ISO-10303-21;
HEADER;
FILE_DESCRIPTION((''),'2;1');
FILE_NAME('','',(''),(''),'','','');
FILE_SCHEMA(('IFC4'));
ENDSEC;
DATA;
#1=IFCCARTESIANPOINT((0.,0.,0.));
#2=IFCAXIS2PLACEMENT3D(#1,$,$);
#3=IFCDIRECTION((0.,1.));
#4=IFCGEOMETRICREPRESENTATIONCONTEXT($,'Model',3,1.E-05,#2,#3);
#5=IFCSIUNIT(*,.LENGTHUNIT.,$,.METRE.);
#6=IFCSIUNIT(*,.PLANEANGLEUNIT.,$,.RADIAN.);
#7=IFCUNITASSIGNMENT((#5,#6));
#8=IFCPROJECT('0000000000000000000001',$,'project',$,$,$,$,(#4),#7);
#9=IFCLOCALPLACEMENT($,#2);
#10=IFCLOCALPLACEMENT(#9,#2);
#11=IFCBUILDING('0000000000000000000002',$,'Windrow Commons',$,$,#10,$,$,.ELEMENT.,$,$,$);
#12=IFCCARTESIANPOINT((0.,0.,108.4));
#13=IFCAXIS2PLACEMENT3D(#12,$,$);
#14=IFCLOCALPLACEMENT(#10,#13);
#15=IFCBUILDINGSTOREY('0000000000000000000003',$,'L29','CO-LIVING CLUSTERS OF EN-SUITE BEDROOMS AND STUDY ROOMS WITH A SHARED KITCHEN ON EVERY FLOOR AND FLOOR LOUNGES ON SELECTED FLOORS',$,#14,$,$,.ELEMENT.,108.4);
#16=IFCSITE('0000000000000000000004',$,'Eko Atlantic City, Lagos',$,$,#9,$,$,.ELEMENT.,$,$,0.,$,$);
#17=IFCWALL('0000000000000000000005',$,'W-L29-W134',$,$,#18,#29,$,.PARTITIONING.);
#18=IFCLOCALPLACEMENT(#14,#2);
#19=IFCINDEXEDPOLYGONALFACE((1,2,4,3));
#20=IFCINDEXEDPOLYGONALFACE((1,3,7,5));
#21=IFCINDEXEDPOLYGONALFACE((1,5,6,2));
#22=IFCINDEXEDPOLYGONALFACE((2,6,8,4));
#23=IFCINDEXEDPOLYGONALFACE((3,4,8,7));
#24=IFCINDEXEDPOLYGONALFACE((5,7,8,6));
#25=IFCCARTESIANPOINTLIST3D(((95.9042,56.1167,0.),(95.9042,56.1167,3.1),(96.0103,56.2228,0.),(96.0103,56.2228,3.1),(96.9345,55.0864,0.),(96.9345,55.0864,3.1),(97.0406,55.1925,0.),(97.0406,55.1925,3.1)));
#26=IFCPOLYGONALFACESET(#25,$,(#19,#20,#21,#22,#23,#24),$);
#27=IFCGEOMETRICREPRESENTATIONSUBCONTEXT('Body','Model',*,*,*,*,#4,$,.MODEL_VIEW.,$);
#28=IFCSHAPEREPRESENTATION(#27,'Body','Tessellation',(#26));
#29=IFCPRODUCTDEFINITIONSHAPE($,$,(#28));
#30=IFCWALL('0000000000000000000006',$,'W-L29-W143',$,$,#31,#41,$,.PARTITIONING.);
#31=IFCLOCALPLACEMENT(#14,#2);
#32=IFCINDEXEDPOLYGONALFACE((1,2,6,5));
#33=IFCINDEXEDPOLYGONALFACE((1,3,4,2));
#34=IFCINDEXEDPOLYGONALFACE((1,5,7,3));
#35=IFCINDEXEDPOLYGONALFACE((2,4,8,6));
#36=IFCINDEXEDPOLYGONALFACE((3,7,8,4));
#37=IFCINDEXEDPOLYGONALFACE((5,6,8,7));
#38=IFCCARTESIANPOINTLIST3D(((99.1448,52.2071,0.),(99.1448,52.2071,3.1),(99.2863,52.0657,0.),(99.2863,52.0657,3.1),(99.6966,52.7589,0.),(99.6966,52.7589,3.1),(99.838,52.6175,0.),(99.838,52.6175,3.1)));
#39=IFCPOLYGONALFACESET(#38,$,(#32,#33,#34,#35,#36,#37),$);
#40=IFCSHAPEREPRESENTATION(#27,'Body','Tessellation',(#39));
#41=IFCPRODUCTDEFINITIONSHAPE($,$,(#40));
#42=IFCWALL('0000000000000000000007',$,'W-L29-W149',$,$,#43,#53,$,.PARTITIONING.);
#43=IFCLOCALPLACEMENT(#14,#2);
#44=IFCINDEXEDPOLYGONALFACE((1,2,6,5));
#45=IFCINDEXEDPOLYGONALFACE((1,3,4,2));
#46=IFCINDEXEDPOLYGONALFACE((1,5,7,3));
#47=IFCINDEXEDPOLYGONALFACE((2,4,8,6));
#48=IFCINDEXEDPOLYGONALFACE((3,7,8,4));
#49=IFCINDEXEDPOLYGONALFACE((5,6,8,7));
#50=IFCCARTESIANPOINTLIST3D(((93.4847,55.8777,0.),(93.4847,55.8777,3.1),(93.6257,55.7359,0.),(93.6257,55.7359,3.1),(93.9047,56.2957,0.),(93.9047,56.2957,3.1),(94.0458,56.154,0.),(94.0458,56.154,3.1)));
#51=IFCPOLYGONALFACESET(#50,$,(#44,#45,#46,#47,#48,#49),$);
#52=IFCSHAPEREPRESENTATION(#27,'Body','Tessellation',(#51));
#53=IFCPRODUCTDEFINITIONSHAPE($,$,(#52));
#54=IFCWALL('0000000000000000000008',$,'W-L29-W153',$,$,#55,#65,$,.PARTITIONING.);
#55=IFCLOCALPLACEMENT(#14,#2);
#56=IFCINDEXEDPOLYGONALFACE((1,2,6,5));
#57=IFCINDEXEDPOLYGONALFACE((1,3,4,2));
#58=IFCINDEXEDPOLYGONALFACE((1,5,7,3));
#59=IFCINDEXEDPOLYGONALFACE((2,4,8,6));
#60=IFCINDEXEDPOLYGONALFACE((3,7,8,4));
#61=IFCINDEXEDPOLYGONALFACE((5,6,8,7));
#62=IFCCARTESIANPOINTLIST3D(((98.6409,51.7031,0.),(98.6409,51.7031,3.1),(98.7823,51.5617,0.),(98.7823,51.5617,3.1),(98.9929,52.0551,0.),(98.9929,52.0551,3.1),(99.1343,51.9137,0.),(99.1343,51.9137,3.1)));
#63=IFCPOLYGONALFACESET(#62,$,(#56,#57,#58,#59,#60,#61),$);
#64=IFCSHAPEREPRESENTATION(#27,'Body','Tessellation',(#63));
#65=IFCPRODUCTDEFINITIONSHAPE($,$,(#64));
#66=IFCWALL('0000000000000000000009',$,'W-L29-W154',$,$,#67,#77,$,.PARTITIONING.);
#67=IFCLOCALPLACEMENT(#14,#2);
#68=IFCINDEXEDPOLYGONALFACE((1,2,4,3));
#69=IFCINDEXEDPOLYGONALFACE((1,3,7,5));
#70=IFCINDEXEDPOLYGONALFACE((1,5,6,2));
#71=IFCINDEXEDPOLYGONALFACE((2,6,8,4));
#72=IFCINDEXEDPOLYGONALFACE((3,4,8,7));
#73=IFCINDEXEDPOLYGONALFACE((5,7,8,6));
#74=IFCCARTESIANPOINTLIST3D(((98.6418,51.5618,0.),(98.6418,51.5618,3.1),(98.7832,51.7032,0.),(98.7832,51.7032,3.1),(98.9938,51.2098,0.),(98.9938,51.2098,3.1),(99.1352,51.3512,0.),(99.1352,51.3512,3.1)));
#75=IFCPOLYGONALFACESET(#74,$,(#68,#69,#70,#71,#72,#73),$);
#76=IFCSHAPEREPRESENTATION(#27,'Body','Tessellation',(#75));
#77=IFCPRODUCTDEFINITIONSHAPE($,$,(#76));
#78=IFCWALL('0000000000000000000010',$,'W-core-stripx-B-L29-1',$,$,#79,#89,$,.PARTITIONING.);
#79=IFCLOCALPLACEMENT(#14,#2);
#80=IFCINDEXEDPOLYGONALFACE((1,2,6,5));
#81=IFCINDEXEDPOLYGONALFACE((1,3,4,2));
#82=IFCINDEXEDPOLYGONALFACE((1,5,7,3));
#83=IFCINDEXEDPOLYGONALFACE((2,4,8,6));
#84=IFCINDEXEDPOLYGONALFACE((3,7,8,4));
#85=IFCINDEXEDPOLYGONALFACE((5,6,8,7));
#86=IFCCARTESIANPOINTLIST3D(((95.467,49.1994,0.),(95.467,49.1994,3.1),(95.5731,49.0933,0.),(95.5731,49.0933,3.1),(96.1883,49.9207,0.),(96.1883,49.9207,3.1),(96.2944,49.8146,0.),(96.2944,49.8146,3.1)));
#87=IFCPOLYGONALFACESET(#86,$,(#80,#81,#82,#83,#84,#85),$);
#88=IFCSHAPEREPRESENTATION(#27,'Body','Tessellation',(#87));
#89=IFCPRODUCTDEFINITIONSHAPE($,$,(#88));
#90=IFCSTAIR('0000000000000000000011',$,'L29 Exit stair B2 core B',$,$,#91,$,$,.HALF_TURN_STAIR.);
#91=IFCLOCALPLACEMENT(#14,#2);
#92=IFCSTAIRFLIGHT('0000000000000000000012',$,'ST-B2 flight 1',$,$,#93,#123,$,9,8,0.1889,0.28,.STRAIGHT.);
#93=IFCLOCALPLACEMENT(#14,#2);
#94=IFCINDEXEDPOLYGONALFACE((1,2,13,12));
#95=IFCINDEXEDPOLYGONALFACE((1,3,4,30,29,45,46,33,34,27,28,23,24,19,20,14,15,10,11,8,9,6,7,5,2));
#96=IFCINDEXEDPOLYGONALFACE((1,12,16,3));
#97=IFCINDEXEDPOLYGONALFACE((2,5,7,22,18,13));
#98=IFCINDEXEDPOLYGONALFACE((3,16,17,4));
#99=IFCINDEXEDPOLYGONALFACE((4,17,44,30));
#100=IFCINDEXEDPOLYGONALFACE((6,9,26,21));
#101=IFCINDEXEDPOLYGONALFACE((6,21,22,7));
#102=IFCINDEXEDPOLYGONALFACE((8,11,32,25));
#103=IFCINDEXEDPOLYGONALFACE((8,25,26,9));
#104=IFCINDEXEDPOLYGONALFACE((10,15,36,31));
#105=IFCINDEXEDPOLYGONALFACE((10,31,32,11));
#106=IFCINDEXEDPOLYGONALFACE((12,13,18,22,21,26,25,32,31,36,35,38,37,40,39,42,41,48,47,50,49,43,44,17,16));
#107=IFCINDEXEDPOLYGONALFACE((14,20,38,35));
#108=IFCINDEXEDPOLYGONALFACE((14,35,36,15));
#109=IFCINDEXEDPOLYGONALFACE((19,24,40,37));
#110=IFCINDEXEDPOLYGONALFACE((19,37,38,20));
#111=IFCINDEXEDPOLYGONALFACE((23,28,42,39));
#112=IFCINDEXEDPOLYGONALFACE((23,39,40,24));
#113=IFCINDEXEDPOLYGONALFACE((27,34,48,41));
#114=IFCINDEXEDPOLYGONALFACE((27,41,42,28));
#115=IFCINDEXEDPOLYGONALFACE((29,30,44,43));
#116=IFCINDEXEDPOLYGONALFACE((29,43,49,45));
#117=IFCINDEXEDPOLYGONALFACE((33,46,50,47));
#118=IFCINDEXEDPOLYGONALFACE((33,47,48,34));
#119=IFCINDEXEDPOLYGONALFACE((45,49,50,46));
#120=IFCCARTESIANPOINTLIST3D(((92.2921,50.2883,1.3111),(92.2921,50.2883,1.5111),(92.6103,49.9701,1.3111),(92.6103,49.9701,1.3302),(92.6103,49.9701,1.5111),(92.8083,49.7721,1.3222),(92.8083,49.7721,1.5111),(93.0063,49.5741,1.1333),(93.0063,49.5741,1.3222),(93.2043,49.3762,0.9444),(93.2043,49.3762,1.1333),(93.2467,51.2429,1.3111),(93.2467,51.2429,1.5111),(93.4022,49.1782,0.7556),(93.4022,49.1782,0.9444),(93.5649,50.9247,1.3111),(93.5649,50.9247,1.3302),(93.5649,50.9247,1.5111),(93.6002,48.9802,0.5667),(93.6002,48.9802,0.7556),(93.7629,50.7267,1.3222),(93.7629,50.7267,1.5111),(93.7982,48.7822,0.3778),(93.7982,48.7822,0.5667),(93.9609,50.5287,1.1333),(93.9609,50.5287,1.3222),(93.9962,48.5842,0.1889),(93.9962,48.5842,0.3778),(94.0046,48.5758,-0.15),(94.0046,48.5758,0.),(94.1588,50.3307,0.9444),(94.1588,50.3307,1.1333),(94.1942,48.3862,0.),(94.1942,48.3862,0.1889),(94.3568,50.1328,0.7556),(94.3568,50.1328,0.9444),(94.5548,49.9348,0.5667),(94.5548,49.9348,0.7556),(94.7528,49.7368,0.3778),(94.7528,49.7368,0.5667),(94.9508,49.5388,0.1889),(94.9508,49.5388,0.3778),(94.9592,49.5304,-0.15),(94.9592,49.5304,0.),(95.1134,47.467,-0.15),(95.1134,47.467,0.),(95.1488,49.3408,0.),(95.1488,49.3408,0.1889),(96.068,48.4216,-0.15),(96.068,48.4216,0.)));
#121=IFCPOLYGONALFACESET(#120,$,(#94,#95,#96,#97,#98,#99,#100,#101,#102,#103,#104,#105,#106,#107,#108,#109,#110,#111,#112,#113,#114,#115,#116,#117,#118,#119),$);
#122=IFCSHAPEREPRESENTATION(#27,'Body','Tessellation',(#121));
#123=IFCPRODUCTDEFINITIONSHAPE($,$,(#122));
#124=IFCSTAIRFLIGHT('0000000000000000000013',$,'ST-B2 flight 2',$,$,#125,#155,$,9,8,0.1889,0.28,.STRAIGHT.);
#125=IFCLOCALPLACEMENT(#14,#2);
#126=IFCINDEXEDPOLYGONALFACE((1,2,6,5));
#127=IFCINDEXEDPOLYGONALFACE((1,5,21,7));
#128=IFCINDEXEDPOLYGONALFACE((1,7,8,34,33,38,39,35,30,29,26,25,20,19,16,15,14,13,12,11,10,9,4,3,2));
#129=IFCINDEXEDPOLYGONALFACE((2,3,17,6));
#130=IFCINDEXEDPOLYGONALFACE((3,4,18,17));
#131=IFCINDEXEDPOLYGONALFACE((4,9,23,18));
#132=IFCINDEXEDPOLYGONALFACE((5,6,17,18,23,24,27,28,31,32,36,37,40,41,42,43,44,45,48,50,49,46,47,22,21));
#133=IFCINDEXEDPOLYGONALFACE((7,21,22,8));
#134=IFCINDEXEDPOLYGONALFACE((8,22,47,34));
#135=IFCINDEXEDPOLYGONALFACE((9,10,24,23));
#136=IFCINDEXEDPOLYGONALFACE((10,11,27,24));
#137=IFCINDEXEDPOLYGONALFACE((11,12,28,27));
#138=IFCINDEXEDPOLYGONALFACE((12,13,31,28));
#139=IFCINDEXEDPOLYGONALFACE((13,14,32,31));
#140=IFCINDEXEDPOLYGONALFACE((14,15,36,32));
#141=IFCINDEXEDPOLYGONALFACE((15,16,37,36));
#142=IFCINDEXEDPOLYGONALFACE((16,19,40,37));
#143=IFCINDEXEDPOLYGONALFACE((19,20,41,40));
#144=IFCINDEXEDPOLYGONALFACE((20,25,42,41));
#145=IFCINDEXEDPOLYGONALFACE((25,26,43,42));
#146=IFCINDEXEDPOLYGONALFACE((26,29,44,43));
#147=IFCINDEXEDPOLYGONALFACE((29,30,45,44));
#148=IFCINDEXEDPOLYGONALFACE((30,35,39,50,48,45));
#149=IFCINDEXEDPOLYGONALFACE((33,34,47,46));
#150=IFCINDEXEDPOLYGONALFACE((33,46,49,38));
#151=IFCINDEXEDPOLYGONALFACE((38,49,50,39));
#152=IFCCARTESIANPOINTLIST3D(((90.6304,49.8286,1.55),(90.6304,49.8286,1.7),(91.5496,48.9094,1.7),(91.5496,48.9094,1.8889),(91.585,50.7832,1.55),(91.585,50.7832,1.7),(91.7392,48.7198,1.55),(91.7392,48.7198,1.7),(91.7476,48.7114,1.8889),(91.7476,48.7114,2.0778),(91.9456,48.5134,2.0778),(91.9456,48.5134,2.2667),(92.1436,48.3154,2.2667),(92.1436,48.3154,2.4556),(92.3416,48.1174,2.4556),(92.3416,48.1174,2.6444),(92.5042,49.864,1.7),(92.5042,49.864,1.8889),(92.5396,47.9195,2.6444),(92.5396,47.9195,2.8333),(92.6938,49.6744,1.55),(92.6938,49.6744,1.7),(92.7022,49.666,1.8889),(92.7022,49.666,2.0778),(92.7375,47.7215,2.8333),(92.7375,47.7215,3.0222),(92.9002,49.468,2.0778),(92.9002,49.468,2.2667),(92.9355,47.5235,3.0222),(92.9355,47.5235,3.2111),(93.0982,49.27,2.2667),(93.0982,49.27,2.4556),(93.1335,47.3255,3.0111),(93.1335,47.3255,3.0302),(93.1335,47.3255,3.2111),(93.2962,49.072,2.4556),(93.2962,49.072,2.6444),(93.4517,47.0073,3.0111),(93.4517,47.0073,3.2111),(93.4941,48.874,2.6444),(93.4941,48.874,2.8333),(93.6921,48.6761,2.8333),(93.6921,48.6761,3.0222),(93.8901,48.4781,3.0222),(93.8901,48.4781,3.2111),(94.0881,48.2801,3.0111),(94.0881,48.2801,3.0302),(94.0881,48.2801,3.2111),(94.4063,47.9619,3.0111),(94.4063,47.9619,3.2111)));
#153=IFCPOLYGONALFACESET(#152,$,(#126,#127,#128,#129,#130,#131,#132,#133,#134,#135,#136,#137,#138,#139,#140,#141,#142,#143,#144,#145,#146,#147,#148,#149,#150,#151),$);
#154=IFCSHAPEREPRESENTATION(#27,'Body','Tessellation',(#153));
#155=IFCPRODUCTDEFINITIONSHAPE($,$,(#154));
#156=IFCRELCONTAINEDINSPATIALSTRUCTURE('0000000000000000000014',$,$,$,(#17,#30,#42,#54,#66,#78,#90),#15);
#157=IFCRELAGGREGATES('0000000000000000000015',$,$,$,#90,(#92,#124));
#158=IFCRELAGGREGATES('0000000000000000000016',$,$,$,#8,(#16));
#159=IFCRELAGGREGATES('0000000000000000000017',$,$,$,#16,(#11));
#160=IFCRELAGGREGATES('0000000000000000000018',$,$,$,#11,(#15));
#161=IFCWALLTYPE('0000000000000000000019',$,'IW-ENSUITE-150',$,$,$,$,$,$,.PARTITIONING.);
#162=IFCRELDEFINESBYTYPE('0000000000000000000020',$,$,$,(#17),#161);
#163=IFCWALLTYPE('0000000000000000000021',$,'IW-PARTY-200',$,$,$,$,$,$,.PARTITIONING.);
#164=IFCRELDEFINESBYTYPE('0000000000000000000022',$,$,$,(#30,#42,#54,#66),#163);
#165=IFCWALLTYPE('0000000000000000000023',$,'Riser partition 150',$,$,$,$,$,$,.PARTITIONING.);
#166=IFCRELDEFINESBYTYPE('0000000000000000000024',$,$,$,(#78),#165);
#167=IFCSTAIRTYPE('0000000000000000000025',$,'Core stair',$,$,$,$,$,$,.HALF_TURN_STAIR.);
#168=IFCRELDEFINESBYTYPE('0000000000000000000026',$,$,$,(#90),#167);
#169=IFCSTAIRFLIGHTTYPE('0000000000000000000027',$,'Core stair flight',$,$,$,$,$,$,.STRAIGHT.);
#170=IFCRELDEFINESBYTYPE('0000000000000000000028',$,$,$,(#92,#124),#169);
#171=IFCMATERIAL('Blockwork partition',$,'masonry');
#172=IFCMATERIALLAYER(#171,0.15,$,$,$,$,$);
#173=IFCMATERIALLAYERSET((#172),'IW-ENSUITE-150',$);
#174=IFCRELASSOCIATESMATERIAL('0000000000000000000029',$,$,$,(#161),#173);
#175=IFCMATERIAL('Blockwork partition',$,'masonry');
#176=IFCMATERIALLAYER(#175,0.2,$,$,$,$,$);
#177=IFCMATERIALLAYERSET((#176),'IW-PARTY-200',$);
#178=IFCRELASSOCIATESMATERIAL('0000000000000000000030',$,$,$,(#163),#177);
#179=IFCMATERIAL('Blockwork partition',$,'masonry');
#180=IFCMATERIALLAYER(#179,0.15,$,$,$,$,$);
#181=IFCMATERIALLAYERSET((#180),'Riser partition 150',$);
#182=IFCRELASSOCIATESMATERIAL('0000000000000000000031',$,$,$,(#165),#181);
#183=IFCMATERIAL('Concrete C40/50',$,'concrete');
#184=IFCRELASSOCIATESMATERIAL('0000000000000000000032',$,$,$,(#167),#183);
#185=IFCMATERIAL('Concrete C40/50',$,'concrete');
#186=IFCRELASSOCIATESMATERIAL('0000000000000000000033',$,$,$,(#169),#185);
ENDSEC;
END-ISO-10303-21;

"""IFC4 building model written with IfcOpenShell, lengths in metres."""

from ifc_helpers import new_model, si_unit, direction, frame, frame_2d, origin, place, context, subcontext, project, spatial, polyline, rectangle, outline, extrude, material, layer, layer_set, type_object, element, aggregate, save


model = new_model("IFC4")

# Units and contexts
model_context = context("Model", 3, precision=1e-05, world=origin(), true_north=direction((0.0, 1.0)))
body_context = subcontext(model_context, "Body", "Model", "MODEL_VIEW")
ifc_project = project(units=[si_unit("LENGTHUNIT", "METRE"), si_unit("PLANEANGLEUNIT", "RADIAN")], contexts=[model_context])

# Site, building, storey
site_placement = place(None, origin())
site = spatial("IfcSite", under=ifc_project, at=site_placement, Name="Eko Atlantic City, Lagos", CompositionType="ELEMENT", RefElevation=0.0)
building_placement = place(site_placement, origin())
building = spatial("IfcBuilding", under=site, at=building_placement, Name="Windrow Commons", CompositionType="ELEMENT")
storey_placement = place(building_placement, frame((0.0, 0.0, 108.4)))
storey = spatial("IfcBuildingStorey", under=building, at=storey_placement, Name="L29", Description="CO-LIVING CLUSTERS OF EN-SUITE BEDROOMS AND STUDY ROOMS WITH A SHARED KITCHEN ON EVERY FLOOR AND FLOOR LOUNGES ON SELECTED FLOORS", CompositionType="ELEMENT", Elevation=108.4)

# Shared definitions
ifc_material_1 = material(Name="Blockwork partition", Category="masonry")
ifc_layer_1 = layer(ifc_material_1, 0.15)
ifc_layer_set_1 = layer_set([ifc_layer_1], Name="IW-ENSUITE-150")
wall_type_1 = type_object("IfcWallType", Name="IW-ENSUITE-150", PredefinedType="PARTITIONING", material=ifc_layer_set_1)

# Walls
wall_1_placement = place(storey_placement, frame((95.9572, 56.1698, 0.0), z_axis=(0.0, 0.0, 1.0), x_axis=(0.707107, -0.707107, 0.0)))
element("IfcWall", 1, at=wall_1_placement, inside=storey, type_object=wall_type_1, Name="W-L29-W134", PredefinedType="PARTITIONING", context=body_context, shape_type="SweptSolid", body=[
    extrude(rectangle(XDim=1.4571, YDim=0.15, at=frame_2d((0.7286, 0.0))), origin(), (0.0, 0.0, 1.0), 3.1),
])
ifc_material_2 = material(Name="Blockwork partition", Category="masonry")
ifc_layer_2 = layer(ifc_material_2, 0.2)
ifc_layer_set_2 = layer_set([ifc_layer_2], Name="IW-PARTY-200")
wall_type_2 = type_object("IfcWallType", Name="IW-PARTY-200", PredefinedType="PARTITIONING", material=ifc_layer_set_2)
wall_2_placement = place(storey_placement, frame((99.2156, 52.1364, 0.0), z_axis=(0.0, 0.0, 1.0), x_axis=(0.707043, 0.707171, 0.0)))
element("IfcWall", 2, at=wall_2_placement, inside=storey, type_object=wall_type_2, Name="W-L29-W143", PredefinedType="PARTITIONING", context=body_context, shape_type="SweptSolid", body=[
    extrude(rectangle(XDim=0.7803, YDim=0.2, at=frame_2d((0.3901, 0.0))), origin(), (0.0, 0.0, 1.0), 3.1),
])
wall_3_placement = place(storey_placement, frame((93.5552, 55.8068, 0.0), z_axis=(0.0, 0.0, 1.0), x_axis=(0.708792, 0.705417, 0.0)))
element("IfcWall", 3, at=wall_3_placement, inside=storey, type_object=wall_type_2, Name="W-L29-W149", PredefinedType="PARTITIONING", context=body_context, shape_type="SweptSolid", body=[
    extrude(rectangle(XDim=0.5926, YDim=0.2, at=frame_2d((0.2963, 0.0))), origin(), (0.0, 0.0, 1.0), 3.1),
])
for number, where, z_axis, x_axis, name in (
    (4, (98.7116, 51.6324, 0.0), (0.0, 0.0, 1.0), (0.707107, 0.707107, 0.0), "W-L29-W153"),
    (5, (98.7125, 51.6325, 0.0), (0.0, 0.0, 1.0), (0.707107, -0.707107, 0.0), "W-L29-W154"),
):
    element("IfcWall", number, at=place(storey_placement, frame(where, z_axis=z_axis, x_axis=x_axis)), inside=storey, type_object=wall_type_2, Name=name, PredefinedType="PARTITIONING", context=body_context, shape_type="SweptSolid", body=[
        extrude(rectangle(XDim=0.4978, YDim=0.2, at=frame_2d((0.2489, 0.0))), origin(), (0.0, 0.0, 1.0), 3.1),
    ])
ifc_material_3 = material(Name="Blockwork partition", Category="masonry")
ifc_layer_3 = layer(ifc_material_3, 0.15)
ifc_layer_set_3 = layer_set([ifc_layer_3], Name="Riser partition 150")
wall_type_3 = type_object("IfcWallType", Name="Riser partition 150", PredefinedType="PARTITIONING", material=ifc_layer_set_3)
wall_4_placement = place(storey_placement, frame((95.52, 49.1463, 0.0), z_axis=(0.0, 0.0, 1.0), x_axis=(0.707107, 0.707107, 0.0)))
element("IfcWall", 6, at=wall_4_placement, inside=storey, type_object=wall_type_3, Name="W-core-stripx-B-L29-1", PredefinedType="PARTITIONING", context=body_context, shape_type="SweptSolid", body=[
    extrude(rectangle(XDim=1.0201, YDim=0.15, at=frame_2d((0.5101, 0.0))), origin(), (0.0, 0.0, 1.0), 3.1),
])

# Stair, stair flights
ifc_material_4 = material(Name="Concrete C40/50", Category="concrete")
stair_type = type_object("IfcStairType", Name="Core stair", PredefinedType="HALF_TURN_STAIR", material=ifc_material_4)
stair_placement = place(storey_placement, origin())
stair = element("IfcStair", 7, at=stair_placement, inside=storey, type_object=stair_type, Name="L29 Exit stair B2 core B", PredefinedType="HALF_TURN_STAIR")
ifc_material_5 = material(Name="Concrete C40/50", Category="concrete")
stair_flight_type = type_object("IfcStairFlightType", Name="Core stair flight", PredefinedType="STRAIGHT", material=ifc_material_5)
stair_flight_1_placement = place(storey_placement, frame((94.6715, 48.8635, 0.0), z_axis=(0.0, 0.0, 1.0), x_axis=(-0.707107, 0.707107, 0.0)))
stair_flight_1 = element("IfcStairFlight", 8, at=stair_flight_1_placement, type_object=stair_flight_type, Name="ST-B2 flight 1", NumberOfRisers=9, NumberOfTreads=8, PredefinedType="STRAIGHT", RiserHeight=0.1889, TreadLength=0.28, context=body_context, shape_type="SweptSolid", body=[
    extrude(outline(polyline([(-1.3, -0.15), (-1.3, 0.0), (0.0, 0.0), (0.0, 0.1889), (0.28, 0.1889), (0.28, 0.3778), (0.56, 0.3778), (0.56, 0.5667), (0.84, 0.5667), (0.84, 0.7556), (1.12, 0.7556), (1.12, 0.9444), (1.4, 0.9444), (1.4, 1.1333), (1.68, 1.1333), (1.68, 1.3222), (1.96, 1.3222), (1.96, 1.5111), (2.24, 1.5111), (2.69, 1.5111), (2.69, 1.3111), (2.24, 1.3111), (2.24, 1.3302), (0.2682, 0.0), (0.2682, -0.15), (-1.3, -0.15)])), frame((0.0, 0.675, 0.0), z_axis=(0.0, -1.0, 0.0), x_axis=(1.0, 0.0, 0.0)), (0.0, 0.0, 1.0), 1.35),
])
stair_flight_2_placement = place(storey_placement, frame((92.0269, 49.3867, 1.7), z_axis=(0.0, 0.0, 1.0), x_axis=(0.707107, -0.707107, 0.0)))
stair_flight_2 = element("IfcStairFlight", 9, at=stair_flight_2_placement, type_object=stair_flight_type, Name="ST-B2 flight 2", NumberOfRisers=9, NumberOfTreads=8, PredefinedType="STRAIGHT", RiserHeight=0.1889, TreadLength=0.28, context=body_context, shape_type="SweptSolid", body=[
    extrude(outline(polyline([(-1.3, -0.15), (-1.3, 0.0), (0.0, 0.0), (0.0, 0.1889), (0.28, 0.1889), (0.28, 0.3778), (0.56, 0.3778), (0.56, 0.5667), (0.84, 0.5667), (0.84, 0.7556), (1.12, 0.7556), (1.12, 0.9444), (1.4, 0.9444), (1.4, 1.1333), (1.68, 1.1333), (1.68, 1.3222), (1.96, 1.3222), (1.96, 1.5111), (2.24, 1.5111), (2.69, 1.5111), (2.69, 1.3111), (2.24, 1.3111), (2.24, 1.3302), (0.2682, 0.0), (0.2682, -0.15), (-1.3, -0.15)])), frame((0.0, 0.675, 0.0), z_axis=(0.0, -1.0, 0.0), x_axis=(1.0, 0.0, 0.0)), (0.0, 0.0, 1.0), 1.35),
])
aggregate(stair, [stair_flight_1, stair_flight_2])

save(model, "model.ifc")
